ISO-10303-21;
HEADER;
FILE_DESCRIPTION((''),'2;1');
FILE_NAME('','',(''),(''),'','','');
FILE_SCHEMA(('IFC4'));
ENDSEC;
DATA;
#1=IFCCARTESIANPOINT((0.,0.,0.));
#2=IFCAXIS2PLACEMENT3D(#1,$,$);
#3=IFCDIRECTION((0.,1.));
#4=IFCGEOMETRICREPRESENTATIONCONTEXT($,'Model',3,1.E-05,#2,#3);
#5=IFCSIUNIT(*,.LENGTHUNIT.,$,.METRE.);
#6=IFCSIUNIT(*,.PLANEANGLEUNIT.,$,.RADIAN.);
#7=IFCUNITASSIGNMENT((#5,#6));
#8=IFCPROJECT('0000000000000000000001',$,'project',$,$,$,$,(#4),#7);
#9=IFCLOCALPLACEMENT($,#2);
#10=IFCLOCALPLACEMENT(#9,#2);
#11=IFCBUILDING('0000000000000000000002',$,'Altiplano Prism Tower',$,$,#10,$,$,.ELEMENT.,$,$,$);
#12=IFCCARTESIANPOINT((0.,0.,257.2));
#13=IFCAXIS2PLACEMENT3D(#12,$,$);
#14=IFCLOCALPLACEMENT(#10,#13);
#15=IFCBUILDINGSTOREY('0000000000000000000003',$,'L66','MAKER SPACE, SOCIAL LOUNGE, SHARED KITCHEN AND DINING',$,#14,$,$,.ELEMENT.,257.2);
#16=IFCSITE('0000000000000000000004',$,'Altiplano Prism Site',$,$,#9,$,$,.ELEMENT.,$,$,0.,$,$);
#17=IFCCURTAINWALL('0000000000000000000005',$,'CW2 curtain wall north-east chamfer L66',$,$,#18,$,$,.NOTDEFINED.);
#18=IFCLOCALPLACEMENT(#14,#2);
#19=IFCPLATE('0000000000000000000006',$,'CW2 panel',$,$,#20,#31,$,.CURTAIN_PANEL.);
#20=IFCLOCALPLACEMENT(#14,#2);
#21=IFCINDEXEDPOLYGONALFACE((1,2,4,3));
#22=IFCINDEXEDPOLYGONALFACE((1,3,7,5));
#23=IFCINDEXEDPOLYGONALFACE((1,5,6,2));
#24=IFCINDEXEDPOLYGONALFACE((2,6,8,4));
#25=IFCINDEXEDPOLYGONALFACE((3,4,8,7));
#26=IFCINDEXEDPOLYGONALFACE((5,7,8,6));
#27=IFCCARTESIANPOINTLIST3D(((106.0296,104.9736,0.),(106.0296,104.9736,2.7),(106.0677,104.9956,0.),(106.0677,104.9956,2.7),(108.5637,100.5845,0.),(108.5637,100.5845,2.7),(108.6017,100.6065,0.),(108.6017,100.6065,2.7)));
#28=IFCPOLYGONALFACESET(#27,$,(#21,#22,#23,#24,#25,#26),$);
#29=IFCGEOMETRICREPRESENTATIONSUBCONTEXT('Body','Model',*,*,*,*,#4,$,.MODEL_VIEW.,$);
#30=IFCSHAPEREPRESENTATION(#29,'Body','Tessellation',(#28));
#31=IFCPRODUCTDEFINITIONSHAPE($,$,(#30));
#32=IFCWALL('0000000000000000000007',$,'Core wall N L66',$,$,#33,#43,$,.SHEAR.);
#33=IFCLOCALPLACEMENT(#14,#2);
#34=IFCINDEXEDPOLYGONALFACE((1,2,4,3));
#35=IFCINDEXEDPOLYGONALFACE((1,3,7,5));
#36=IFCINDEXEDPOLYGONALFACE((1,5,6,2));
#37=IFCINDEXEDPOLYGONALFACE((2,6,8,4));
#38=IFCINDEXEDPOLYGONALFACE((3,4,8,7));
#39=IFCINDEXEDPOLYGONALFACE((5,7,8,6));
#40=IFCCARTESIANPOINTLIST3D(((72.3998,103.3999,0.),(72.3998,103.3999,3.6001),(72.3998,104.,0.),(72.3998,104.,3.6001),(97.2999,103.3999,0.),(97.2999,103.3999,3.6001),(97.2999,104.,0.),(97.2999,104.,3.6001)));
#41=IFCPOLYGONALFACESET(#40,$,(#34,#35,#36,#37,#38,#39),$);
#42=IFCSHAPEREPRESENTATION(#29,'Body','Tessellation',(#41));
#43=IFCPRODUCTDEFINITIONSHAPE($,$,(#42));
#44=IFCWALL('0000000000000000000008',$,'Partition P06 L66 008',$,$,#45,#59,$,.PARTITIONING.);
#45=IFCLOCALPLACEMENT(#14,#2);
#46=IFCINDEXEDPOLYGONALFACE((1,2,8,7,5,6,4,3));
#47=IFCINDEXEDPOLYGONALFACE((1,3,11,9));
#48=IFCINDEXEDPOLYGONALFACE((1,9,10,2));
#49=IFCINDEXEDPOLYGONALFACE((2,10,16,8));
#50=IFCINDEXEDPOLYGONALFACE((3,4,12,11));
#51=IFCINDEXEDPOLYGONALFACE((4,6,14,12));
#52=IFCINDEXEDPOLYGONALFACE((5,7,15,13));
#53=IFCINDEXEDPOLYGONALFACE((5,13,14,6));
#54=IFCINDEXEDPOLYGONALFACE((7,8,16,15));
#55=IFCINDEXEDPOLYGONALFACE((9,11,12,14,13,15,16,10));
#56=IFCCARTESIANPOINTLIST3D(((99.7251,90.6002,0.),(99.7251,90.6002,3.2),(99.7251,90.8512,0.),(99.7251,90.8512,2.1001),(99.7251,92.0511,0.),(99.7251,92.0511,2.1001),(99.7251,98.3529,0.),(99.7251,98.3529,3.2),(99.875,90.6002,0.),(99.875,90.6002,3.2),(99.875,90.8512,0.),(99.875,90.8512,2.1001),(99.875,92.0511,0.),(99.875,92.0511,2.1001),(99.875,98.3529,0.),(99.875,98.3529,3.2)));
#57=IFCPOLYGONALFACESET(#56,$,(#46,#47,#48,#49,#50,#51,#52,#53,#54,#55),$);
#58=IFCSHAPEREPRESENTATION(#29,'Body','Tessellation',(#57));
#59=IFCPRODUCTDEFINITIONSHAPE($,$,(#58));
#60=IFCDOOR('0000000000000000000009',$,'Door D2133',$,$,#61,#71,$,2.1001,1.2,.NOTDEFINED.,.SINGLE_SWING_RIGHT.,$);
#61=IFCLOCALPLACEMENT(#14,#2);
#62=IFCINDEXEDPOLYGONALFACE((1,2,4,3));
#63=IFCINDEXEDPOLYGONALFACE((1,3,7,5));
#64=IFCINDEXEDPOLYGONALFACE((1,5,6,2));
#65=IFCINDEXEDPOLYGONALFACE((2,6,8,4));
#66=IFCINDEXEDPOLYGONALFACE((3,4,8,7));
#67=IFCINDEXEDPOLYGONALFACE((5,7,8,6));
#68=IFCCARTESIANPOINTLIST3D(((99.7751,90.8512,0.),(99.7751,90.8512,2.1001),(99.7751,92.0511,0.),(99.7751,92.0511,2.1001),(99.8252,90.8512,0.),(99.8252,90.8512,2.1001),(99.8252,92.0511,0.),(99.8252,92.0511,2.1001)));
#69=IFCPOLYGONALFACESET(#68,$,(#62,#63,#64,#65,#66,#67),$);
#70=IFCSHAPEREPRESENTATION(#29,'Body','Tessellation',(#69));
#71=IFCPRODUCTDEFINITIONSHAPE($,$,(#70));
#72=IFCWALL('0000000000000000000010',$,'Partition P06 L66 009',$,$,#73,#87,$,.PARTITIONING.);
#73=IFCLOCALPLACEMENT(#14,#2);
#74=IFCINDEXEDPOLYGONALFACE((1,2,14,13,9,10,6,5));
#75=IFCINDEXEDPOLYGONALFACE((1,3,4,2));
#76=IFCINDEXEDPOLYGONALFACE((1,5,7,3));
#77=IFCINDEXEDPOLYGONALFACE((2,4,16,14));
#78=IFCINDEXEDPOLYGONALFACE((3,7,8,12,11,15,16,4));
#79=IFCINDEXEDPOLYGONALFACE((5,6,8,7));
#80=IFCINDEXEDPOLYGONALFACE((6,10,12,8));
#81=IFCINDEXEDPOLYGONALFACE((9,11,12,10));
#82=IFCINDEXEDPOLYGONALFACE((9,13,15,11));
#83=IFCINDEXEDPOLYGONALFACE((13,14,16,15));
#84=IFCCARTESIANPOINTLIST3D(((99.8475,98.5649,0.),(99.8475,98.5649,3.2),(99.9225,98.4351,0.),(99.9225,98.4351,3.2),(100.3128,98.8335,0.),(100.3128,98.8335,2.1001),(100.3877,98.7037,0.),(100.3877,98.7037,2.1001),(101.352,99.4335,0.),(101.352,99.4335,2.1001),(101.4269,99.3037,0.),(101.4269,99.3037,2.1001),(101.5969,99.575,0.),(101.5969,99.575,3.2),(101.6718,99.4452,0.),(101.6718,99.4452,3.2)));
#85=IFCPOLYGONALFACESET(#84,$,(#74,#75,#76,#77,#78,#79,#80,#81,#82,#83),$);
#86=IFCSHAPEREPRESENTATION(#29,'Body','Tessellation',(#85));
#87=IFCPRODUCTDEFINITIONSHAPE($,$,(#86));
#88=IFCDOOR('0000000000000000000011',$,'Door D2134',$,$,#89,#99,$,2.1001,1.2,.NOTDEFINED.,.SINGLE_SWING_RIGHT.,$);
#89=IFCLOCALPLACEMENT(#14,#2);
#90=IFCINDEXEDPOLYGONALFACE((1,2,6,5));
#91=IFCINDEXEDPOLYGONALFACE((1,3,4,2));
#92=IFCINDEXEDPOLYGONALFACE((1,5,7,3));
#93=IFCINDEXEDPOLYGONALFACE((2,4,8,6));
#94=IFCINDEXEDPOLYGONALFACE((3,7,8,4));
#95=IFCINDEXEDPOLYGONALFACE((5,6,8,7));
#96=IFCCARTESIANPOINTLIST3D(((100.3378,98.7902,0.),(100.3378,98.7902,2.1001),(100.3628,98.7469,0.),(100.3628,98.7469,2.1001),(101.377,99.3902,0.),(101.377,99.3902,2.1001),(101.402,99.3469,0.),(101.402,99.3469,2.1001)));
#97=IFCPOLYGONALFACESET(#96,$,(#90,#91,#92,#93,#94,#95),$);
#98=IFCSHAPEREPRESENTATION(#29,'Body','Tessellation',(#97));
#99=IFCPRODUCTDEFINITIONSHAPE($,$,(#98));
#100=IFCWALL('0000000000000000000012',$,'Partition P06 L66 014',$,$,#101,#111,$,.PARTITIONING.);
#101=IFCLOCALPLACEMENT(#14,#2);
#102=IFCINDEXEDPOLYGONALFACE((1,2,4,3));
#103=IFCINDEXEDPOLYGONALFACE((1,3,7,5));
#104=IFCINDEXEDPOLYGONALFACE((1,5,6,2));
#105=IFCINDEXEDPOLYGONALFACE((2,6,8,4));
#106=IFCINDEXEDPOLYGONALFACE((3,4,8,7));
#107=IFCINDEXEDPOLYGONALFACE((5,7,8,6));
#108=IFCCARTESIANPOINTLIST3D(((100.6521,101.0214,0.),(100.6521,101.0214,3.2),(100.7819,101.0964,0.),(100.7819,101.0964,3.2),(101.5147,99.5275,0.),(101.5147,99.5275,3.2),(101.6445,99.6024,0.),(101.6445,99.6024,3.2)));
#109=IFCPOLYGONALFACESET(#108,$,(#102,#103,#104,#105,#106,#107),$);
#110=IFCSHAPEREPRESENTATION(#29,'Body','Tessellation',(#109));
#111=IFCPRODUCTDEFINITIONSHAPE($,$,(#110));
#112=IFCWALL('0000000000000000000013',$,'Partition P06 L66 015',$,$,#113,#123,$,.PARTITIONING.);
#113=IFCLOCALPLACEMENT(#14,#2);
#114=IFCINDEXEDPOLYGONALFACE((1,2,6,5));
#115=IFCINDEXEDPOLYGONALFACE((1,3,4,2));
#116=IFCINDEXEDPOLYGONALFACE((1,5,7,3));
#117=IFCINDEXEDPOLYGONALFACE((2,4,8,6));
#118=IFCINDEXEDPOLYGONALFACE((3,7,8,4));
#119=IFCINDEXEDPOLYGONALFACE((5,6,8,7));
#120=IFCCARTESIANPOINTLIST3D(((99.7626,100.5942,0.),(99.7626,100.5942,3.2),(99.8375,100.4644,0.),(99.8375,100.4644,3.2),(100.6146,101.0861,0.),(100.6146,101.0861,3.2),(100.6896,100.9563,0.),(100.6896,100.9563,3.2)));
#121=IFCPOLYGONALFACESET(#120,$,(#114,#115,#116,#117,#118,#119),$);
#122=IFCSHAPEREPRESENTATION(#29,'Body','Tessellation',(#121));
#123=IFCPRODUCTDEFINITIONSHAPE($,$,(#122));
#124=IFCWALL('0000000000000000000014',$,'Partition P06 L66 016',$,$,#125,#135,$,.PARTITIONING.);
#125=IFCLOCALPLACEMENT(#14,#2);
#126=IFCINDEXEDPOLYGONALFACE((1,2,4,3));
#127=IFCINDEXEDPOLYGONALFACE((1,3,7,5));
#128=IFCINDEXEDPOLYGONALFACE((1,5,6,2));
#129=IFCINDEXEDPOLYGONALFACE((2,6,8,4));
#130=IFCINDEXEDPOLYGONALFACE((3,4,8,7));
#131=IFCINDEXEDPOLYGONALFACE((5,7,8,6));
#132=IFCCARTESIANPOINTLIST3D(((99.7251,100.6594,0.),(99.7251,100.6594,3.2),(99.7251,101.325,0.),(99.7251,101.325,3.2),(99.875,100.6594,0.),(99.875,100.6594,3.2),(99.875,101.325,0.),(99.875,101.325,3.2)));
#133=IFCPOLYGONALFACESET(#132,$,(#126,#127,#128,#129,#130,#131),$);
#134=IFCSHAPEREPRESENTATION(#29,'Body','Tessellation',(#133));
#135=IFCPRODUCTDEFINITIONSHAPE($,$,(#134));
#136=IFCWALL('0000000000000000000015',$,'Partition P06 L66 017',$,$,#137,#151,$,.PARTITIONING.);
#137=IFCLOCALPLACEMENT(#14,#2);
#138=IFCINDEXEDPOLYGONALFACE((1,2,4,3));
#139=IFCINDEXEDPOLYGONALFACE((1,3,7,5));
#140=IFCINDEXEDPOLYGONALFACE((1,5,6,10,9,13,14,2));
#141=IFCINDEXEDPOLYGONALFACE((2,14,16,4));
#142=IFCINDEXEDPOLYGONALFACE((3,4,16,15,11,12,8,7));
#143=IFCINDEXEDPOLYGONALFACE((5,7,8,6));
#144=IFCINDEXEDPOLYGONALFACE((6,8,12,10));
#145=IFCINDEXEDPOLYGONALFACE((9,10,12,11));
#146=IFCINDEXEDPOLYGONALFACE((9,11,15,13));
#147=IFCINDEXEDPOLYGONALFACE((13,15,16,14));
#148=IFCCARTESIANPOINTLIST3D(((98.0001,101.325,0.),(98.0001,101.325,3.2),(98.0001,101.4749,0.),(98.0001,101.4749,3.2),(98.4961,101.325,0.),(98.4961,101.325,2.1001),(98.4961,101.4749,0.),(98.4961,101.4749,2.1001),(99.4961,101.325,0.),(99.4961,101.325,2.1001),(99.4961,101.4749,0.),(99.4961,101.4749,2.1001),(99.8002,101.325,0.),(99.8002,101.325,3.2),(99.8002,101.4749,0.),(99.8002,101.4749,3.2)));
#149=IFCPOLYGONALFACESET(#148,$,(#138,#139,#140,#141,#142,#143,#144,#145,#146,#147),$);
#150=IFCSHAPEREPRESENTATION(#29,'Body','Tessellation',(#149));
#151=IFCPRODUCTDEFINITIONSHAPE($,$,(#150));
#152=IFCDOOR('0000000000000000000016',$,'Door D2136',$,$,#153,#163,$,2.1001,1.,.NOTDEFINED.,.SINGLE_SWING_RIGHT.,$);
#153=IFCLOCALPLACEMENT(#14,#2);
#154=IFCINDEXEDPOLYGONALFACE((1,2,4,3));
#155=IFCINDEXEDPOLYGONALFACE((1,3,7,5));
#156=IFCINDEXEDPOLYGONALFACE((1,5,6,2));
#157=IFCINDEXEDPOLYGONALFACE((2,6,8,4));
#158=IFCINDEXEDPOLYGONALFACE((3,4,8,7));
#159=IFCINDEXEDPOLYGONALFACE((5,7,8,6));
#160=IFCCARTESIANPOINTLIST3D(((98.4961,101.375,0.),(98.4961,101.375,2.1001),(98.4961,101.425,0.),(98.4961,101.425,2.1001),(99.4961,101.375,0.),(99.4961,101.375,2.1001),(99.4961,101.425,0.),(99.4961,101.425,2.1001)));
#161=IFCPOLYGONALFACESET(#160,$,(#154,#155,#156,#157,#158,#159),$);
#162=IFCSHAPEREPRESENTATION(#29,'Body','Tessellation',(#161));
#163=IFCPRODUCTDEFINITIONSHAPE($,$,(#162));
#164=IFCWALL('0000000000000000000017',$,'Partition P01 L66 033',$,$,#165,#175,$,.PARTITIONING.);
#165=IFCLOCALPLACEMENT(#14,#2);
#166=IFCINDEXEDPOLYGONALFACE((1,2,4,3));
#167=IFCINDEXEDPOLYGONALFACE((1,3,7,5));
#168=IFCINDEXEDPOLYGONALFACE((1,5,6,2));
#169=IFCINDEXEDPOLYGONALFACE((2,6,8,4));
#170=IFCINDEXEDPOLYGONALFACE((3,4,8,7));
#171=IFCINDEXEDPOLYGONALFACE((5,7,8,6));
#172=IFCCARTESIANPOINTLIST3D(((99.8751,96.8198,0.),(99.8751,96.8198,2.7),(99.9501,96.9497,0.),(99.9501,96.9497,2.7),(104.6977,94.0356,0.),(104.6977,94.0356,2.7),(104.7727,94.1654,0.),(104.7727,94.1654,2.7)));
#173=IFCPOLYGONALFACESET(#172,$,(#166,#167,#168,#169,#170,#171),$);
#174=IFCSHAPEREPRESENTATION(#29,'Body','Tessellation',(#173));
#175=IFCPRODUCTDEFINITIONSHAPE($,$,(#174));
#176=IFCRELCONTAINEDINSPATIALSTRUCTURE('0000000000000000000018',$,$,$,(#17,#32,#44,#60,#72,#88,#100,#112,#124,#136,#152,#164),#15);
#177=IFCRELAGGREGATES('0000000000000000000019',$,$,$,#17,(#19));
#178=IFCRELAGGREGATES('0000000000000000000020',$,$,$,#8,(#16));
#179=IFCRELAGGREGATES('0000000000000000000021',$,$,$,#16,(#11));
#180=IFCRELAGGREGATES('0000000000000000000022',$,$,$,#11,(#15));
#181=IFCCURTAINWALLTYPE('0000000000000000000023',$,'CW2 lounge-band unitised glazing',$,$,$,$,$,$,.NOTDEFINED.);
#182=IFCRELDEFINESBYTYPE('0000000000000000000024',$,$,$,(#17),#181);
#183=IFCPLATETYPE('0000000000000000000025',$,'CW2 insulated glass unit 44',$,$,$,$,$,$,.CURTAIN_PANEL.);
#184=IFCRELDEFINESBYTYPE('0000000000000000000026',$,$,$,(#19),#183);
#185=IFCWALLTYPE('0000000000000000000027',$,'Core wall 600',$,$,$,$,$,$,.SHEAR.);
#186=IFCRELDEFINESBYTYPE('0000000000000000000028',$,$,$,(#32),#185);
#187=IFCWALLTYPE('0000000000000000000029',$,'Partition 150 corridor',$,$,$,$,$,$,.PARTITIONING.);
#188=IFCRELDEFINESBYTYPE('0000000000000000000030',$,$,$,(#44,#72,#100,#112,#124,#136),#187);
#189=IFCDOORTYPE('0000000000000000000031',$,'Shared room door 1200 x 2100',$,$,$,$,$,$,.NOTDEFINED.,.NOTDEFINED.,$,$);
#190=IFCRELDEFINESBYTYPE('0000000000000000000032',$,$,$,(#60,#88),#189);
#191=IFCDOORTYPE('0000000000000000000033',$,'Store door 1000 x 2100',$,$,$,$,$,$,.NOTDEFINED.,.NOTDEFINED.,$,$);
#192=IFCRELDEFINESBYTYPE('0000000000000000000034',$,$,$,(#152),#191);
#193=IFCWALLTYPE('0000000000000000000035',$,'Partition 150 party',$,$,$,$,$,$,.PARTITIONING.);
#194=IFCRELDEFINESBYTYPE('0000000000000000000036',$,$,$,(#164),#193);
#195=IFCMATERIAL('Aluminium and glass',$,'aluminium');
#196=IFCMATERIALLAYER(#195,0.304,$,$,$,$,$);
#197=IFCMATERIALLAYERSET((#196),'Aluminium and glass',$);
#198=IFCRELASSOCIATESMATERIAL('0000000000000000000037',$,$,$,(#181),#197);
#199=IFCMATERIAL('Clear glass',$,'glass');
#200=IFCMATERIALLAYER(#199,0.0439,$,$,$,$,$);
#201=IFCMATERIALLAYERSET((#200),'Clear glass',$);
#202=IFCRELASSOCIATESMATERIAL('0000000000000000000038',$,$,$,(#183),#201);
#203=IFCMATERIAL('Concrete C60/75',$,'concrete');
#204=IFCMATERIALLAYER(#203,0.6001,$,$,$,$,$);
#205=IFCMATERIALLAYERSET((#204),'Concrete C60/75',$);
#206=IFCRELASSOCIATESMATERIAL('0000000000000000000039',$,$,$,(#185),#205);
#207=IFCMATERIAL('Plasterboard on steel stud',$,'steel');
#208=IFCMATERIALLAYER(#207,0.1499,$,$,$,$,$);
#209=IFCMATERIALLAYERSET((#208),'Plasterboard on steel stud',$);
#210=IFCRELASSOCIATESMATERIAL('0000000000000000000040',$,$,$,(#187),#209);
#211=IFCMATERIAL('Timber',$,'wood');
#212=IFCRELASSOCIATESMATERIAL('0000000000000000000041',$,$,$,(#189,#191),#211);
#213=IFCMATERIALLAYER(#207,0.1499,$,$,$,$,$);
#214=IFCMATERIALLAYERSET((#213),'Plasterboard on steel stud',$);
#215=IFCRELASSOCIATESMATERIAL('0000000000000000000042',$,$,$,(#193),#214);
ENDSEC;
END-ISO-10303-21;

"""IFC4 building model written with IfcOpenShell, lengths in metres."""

from ifc_helpers import new_model, si_unit, direction, frame, frame_2d, origin, origin_2d, place, context, subcontext, project, spatial, rectangle, extrude, material, layer, layer_set, type_object, element, fill, aggregate, save


model = new_model("IFC4")

# Units and contexts
model_context = context("Model", 3, precision=1e-05, world=origin(), true_north=direction((0.0, 1.0)))
body_context = subcontext(model_context, "Body", "Model", "MODEL_VIEW")
ifc_project = project(units=[si_unit("LENGTHUNIT", "METRE"), si_unit("PLANEANGLEUNIT", "RADIAN")], contexts=[model_context])

# Site, building, storey
site_placement = place(None, origin())
site = spatial("IfcSite", under=ifc_project, at=site_placement, Name="Altiplano Prism Site", CompositionType="ELEMENT", RefElevation=0.0)
building_placement = place(site_placement, origin())
building = spatial("IfcBuilding", under=site, at=building_placement, Name="Altiplano Prism Tower", CompositionType="ELEMENT")
storey_placement = place(building_placement, frame((0.0, 0.0, 257.2)))
storey = spatial("IfcBuildingStorey", under=building, at=storey_placement, Name="L66", Description="MAKER SPACE, SOCIAL LOUNGE, SHARED KITCHEN AND DINING", CompositionType="ELEMENT", Elevation=257.2)

# Shared definitions
ifc_material_1 = material(Name="Concrete C60/75", Category="concrete")

# Shared definitions
ifc_material_2 = material(Name="Aluminium and glass", Category="aluminium")
ifc_layer_1 = layer(ifc_material_2, 0.304)
ifc_layer_set_1 = layer_set([ifc_layer_1], Name="Aluminium and glass")
curtain_wall_type = type_object("IfcCurtainWallType", Name="CW2 lounge-band unitised glazing", PredefinedType="NOTDEFINED", material=ifc_layer_set_1)

# Curtain wall
curtain_wall_1_placement = place(storey_placement, origin())
curtain_wall_1 = element("IfcCurtainWall", 1, at=curtain_wall_1_placement, inside=storey, type_object=curtain_wall_type, Name="CW2 curtain wall north-east chamfer L66", PredefinedType="NOTDEFINED")

# Plate
ifc_material_3 = material(Name="Clear glass", Category="glass")
ifc_layer_2 = layer(ifc_material_3, 0.0439)
ifc_layer_set_2 = layer_set([ifc_layer_2], Name="Clear glass")
plate_type = type_object("IfcPlateType", Name="CW2 insulated glass unit 44", PredefinedType="CURTAIN_PANEL", material=ifc_layer_set_2)
plate_1_placement = place(storey_placement, frame((107.3157, 102.79, 0.0), z_axis=(0.0, 0.0, 1.0), x_axis=(-0.5, 0.866025, 0.0)))
plate_1 = element("IfcPlate", 2, at=plate_1_placement, type_object=plate_type, Name="CW2 panel", PredefinedType="CURTAIN_PANEL", context=body_context, shape_type="SweptSolid", body=[
    extrude(rectangle(XDim=5.0681, YDim=0.0439, at=origin_2d()), origin(), (0.0, 0.0, 1.0), 2.7),
])
aggregate(curtain_wall_1, [plate_1])

# Wall
ifc_layer_3 = layer(ifc_material_1, 0.6001)
ifc_layer_set_3 = layer_set([ifc_layer_3], Name="Concrete C60/75")
wall_type_1 = type_object("IfcWallType", Name="Core wall 600", PredefinedType="SHEAR", material=ifc_layer_set_3)
wall_1_placement = place(storey_placement, frame((97.3, 103.7, 0.0), z_axis=(0.0, 0.0, 1.0), x_axis=(-1.0, 0.0, 0.0)))
element("IfcWall", 3, at=wall_1_placement, inside=storey, type_object=wall_type_1, Name="Core wall N L66", PredefinedType="SHEAR", context=body_context, shape_type="SweptSolid", body=[
    extrude(rectangle(XDim=24.9001, YDim=0.6001, at=frame_2d((12.4502, 0.0))), origin(), (0.0, 0.0, 1.0), 3.6001),
])

# Walls, openings, doors
ifc_material_4 = material(Name="Plasterboard on steel stud", Category="steel")
ifc_layer_4 = layer(ifc_material_4, 0.1499)
ifc_layer_set_4 = layer_set([ifc_layer_4], Name="Plasterboard on steel stud")
wall_type_2 = type_object("IfcWallType", Name="Partition 150 corridor", PredefinedType="PARTITIONING", material=ifc_layer_set_4)
wall_2_placement = place(storey_placement, frame((99.8, 90.6001, 0.0), z_axis=(0.0, 0.0, 1.0), x_axis=(0.0, 1.0, 0.0)))
wall_2 = element("IfcWall", 4, at=wall_2_placement, inside=storey, type_object=wall_type_2, Name="Partition P06 L66 008", PredefinedType="PARTITIONING", context=body_context, shape_type="SweptSolid", body=[
    extrude(rectangle(XDim=7.7527, YDim=0.1499, at=frame_2d((3.8765, 0.0))), origin(), (0.0, 0.0, 1.0), 3.2),
])
opening_1_placement = place(wall_2_placement, frame((0.251, 0.0, 0.0)))
opening_1 = element("IfcOpeningElement", 5, at=opening_1_placement, cuts=wall_2, PredefinedType="OPENING", context=body_context, shape_type="SweptSolid", body=[
    extrude(rectangle(XDim=1.2, YDim=2.1001, at=frame_2d((0.6001, 1.05))), frame((0.0, 0.0854, 0.0), z_axis=(0.0, -1.0, 0.0), x_axis=(1.0, 0.0, 0.0)), (0.0, 0.0, 1.0), 0.1709),
])
ifc_material_5 = material(Name="Timber", Category="wood")
door_type_1 = type_object("IfcDoorType", Name="Shared room door 1200 x 2100", OperationType="NOTDEFINED", PredefinedType="NOTDEFINED", material=ifc_material_5)
door_1_placement = place(opening_1_placement, origin())
door_1 = element("IfcDoor", 6, at=door_1_placement, inside=storey, type_object=door_type_1, Name="Door D2133", OperationType="SINGLE_SWING_RIGHT", OverallHeight=2.1001, OverallWidth=1.2, PredefinedType="NOTDEFINED", context=body_context, shape_type="SweptSolid", body=[
    extrude(rectangle(XDim=1.2, YDim=2.1001, at=frame_2d((0.6001, 1.05))), frame((0.0, 0.0249, 0.0), z_axis=(0.0, -1.0, 0.0), x_axis=(1.0, 0.0, 0.0)), (0.0, 0.0, 1.0), 0.05),
])
fill(opening_1, door_1)
wall_3_placement = place(storey_placement, frame((99.885, 98.5, 0.0), z_axis=(0.0, 0.0, 1.0), x_axis=(0.86601, 0.500026, 0.0)))
wall_3 = element("IfcWall", 7, at=wall_3_placement, inside=storey, type_object=wall_type_2, Name="Partition P06 L66 009", PredefinedType="PARTITIONING", context=body_context, shape_type="SweptSolid", body=[
    extrude(rectangle(XDim=2.02, YDim=0.1499, at=frame_2d((1.01, 0.0))), origin(), (0.0, 0.0, 1.0), 3.2),
])
opening_2_placement = place(wall_3_placement, frame((0.5371, 0.0, 0.0)))
opening_2 = element("IfcOpeningElement", 8, at=opening_2_placement, cuts=wall_3, PredefinedType="OPENING", context=body_context, shape_type="SweptSolid", body=[
    extrude(rectangle(XDim=1.2, YDim=2.1001, at=frame_2d((0.6001, 1.05))), frame((0.0, 0.0854, 0.0), z_axis=(0.0, -1.0, 0.0), x_axis=(1.0, 0.0, 0.0)), (0.0, 0.0, 1.0), 0.1709),
])
door_2_placement = place(opening_2_placement, origin())
door_2 = element("IfcDoor", 9, at=door_2_placement, inside=storey, type_object=door_type_1, Name="Door D2134", OperationType="SINGLE_SWING_RIGHT", OverallHeight=2.1001, OverallWidth=1.2, PredefinedType="NOTDEFINED", context=body_context, shape_type="SweptSolid", body=[
    extrude(rectangle(XDim=1.2, YDim=2.1001, at=frame_2d((0.6001, 1.05))), frame((0.0, 0.0249, 0.0), z_axis=(0.0, -1.0, 0.0), x_axis=(1.0, 0.0, 0.0)), (0.0, 0.0, 1.0), 0.05),
])
fill(opening_2, door_2)

# Walls
wall_4_placement = place(storey_placement, frame((101.5796, 99.5649, 0.0), z_axis=(0.0, 0.0, 1.0), x_axis=(-0.500021, 0.866014, 0.0)))
element("IfcWall", 10, at=wall_4_placement, inside=storey, type_object=wall_type_2, Name="Partition P06 L66 014", PredefinedType="PARTITIONING", context=body_context, shape_type="SweptSolid", body=[
    extrude(rectangle(XDim=1.7251, YDim=0.1499, at=frame_2d((0.8625, 0.0))), origin(), (0.0, 0.0, 1.0), 3.2),
])
wall_5_placement = place(storey_placement, frame((100.6521, 101.0212, 0.0), z_axis=(0.0, 0.0, 1.0), x_axis=(-0.86602, -0.500009, 0.0)))
element("IfcWall", 11, at=wall_5_placement, inside=storey, type_object=wall_type_2, Name="Partition P06 L66 015", PredefinedType="PARTITIONING", context=body_context, shape_type="SweptSolid", body=[
    extrude(rectangle(XDim=0.9839, YDim=0.1499, at=frame_2d((0.4919, 0.0))), origin(), (0.0, 0.0, 1.0), 3.2),
])
wall_6_placement = place(storey_placement, frame((99.8, 100.6594, 0.0), z_axis=(0.0, 0.0, 1.0), x_axis=(0.0, 1.0, 0.0)))
element("IfcWall", 12, at=wall_6_placement, inside=storey, type_object=wall_type_2, Name="Partition P06 L66 016", PredefinedType="PARTITIONING", context=body_context, shape_type="SweptSolid", body=[
    extrude(rectangle(XDim=0.6655, YDim=0.1499, at=frame_2d((0.3328, 0.0))), origin(), (0.0, 0.0, 1.0), 3.2),
])

# Wall, opening, door
wall_7_placement = place(storey_placement, frame((99.8, 101.3999, 0.0), z_axis=(0.0, 0.0, 1.0), x_axis=(-1.0, 0.0, 0.0)))
wall_7 = element("IfcWall", 13, at=wall_7_placement, inside=storey, type_object=wall_type_2, Name="Partition P06 L66 017", PredefinedType="PARTITIONING", context=body_context, shape_type="SweptSolid", body=[
    extrude(rectangle(XDim=1.8, YDim=0.1499, at=frame_2d((0.8999, 0.0))), origin(), (0.0, 0.0, 1.0), 3.2),
])
opening_3_placement = place(wall_7_placement, frame((0.304, 0.0, 0.0)))
opening_3 = element("IfcOpeningElement", 14, at=opening_3_placement, cuts=wall_7, PredefinedType="OPENING", context=body_context, shape_type="SweptSolid", body=[
    extrude(rectangle(XDim=1.0, YDim=2.1001, at=frame_2d((0.5, 1.05))), frame((0.0, 0.0854, 0.0), z_axis=(0.0, -1.0, 0.0), x_axis=(1.0, 0.0, 0.0)), (0.0, 0.0, 1.0), 0.1709),
])
door_type_2 = type_object("IfcDoorType", Name="Store door 1000 x 2100", OperationType="NOTDEFINED", PredefinedType="NOTDEFINED", material=ifc_material_5)
door_3_placement = place(opening_3_placement, origin())
door_3 = element("IfcDoor", 15, at=door_3_placement, inside=storey, type_object=door_type_2, Name="Door D2136", OperationType="SINGLE_SWING_RIGHT", OverallHeight=2.1001, OverallWidth=1.0, PredefinedType="NOTDEFINED", context=body_context, shape_type="SweptSolid", body=[
    extrude(rectangle(XDim=1.0, YDim=2.1001, at=frame_2d((0.5, 1.05))), frame((0.0, 0.0249, 0.0), z_axis=(0.0, -1.0, 0.0), x_axis=(1.0, 0.0, 0.0)), (0.0, 0.0, 1.0), 0.05),
])
fill(opening_3, door_3)

# Wall
ifc_layer_5 = layer(ifc_material_4, 0.1499)
ifc_layer_set_5 = layer_set([ifc_layer_5], Name="Plasterboard on steel stud")
wall_type_3 = type_object("IfcWallType", Name="Partition 150 party", PredefinedType="PARTITIONING", material=ifc_layer_set_5)
wall_8_placement = place(storey_placement, frame((104.7351, 94.1006, 0.0), z_axis=(0.0, 0.0, 1.0), x_axis=(-0.866033, 0.499987, 0.0)))
element("IfcWall", 16, at=wall_8_placement, inside=storey, type_object=wall_type_3, Name="Partition P01 L66 033", PredefinedType="PARTITIONING", context=body_context, shape_type="SweptSolid", body=[
    extrude(rectangle(XDim=5.5686, YDim=0.1499, at=frame_2d((2.7842, 0.0))), origin(), (0.0, 0.0, 1.0), 2.7),
])

save(model, "model.ifc")
